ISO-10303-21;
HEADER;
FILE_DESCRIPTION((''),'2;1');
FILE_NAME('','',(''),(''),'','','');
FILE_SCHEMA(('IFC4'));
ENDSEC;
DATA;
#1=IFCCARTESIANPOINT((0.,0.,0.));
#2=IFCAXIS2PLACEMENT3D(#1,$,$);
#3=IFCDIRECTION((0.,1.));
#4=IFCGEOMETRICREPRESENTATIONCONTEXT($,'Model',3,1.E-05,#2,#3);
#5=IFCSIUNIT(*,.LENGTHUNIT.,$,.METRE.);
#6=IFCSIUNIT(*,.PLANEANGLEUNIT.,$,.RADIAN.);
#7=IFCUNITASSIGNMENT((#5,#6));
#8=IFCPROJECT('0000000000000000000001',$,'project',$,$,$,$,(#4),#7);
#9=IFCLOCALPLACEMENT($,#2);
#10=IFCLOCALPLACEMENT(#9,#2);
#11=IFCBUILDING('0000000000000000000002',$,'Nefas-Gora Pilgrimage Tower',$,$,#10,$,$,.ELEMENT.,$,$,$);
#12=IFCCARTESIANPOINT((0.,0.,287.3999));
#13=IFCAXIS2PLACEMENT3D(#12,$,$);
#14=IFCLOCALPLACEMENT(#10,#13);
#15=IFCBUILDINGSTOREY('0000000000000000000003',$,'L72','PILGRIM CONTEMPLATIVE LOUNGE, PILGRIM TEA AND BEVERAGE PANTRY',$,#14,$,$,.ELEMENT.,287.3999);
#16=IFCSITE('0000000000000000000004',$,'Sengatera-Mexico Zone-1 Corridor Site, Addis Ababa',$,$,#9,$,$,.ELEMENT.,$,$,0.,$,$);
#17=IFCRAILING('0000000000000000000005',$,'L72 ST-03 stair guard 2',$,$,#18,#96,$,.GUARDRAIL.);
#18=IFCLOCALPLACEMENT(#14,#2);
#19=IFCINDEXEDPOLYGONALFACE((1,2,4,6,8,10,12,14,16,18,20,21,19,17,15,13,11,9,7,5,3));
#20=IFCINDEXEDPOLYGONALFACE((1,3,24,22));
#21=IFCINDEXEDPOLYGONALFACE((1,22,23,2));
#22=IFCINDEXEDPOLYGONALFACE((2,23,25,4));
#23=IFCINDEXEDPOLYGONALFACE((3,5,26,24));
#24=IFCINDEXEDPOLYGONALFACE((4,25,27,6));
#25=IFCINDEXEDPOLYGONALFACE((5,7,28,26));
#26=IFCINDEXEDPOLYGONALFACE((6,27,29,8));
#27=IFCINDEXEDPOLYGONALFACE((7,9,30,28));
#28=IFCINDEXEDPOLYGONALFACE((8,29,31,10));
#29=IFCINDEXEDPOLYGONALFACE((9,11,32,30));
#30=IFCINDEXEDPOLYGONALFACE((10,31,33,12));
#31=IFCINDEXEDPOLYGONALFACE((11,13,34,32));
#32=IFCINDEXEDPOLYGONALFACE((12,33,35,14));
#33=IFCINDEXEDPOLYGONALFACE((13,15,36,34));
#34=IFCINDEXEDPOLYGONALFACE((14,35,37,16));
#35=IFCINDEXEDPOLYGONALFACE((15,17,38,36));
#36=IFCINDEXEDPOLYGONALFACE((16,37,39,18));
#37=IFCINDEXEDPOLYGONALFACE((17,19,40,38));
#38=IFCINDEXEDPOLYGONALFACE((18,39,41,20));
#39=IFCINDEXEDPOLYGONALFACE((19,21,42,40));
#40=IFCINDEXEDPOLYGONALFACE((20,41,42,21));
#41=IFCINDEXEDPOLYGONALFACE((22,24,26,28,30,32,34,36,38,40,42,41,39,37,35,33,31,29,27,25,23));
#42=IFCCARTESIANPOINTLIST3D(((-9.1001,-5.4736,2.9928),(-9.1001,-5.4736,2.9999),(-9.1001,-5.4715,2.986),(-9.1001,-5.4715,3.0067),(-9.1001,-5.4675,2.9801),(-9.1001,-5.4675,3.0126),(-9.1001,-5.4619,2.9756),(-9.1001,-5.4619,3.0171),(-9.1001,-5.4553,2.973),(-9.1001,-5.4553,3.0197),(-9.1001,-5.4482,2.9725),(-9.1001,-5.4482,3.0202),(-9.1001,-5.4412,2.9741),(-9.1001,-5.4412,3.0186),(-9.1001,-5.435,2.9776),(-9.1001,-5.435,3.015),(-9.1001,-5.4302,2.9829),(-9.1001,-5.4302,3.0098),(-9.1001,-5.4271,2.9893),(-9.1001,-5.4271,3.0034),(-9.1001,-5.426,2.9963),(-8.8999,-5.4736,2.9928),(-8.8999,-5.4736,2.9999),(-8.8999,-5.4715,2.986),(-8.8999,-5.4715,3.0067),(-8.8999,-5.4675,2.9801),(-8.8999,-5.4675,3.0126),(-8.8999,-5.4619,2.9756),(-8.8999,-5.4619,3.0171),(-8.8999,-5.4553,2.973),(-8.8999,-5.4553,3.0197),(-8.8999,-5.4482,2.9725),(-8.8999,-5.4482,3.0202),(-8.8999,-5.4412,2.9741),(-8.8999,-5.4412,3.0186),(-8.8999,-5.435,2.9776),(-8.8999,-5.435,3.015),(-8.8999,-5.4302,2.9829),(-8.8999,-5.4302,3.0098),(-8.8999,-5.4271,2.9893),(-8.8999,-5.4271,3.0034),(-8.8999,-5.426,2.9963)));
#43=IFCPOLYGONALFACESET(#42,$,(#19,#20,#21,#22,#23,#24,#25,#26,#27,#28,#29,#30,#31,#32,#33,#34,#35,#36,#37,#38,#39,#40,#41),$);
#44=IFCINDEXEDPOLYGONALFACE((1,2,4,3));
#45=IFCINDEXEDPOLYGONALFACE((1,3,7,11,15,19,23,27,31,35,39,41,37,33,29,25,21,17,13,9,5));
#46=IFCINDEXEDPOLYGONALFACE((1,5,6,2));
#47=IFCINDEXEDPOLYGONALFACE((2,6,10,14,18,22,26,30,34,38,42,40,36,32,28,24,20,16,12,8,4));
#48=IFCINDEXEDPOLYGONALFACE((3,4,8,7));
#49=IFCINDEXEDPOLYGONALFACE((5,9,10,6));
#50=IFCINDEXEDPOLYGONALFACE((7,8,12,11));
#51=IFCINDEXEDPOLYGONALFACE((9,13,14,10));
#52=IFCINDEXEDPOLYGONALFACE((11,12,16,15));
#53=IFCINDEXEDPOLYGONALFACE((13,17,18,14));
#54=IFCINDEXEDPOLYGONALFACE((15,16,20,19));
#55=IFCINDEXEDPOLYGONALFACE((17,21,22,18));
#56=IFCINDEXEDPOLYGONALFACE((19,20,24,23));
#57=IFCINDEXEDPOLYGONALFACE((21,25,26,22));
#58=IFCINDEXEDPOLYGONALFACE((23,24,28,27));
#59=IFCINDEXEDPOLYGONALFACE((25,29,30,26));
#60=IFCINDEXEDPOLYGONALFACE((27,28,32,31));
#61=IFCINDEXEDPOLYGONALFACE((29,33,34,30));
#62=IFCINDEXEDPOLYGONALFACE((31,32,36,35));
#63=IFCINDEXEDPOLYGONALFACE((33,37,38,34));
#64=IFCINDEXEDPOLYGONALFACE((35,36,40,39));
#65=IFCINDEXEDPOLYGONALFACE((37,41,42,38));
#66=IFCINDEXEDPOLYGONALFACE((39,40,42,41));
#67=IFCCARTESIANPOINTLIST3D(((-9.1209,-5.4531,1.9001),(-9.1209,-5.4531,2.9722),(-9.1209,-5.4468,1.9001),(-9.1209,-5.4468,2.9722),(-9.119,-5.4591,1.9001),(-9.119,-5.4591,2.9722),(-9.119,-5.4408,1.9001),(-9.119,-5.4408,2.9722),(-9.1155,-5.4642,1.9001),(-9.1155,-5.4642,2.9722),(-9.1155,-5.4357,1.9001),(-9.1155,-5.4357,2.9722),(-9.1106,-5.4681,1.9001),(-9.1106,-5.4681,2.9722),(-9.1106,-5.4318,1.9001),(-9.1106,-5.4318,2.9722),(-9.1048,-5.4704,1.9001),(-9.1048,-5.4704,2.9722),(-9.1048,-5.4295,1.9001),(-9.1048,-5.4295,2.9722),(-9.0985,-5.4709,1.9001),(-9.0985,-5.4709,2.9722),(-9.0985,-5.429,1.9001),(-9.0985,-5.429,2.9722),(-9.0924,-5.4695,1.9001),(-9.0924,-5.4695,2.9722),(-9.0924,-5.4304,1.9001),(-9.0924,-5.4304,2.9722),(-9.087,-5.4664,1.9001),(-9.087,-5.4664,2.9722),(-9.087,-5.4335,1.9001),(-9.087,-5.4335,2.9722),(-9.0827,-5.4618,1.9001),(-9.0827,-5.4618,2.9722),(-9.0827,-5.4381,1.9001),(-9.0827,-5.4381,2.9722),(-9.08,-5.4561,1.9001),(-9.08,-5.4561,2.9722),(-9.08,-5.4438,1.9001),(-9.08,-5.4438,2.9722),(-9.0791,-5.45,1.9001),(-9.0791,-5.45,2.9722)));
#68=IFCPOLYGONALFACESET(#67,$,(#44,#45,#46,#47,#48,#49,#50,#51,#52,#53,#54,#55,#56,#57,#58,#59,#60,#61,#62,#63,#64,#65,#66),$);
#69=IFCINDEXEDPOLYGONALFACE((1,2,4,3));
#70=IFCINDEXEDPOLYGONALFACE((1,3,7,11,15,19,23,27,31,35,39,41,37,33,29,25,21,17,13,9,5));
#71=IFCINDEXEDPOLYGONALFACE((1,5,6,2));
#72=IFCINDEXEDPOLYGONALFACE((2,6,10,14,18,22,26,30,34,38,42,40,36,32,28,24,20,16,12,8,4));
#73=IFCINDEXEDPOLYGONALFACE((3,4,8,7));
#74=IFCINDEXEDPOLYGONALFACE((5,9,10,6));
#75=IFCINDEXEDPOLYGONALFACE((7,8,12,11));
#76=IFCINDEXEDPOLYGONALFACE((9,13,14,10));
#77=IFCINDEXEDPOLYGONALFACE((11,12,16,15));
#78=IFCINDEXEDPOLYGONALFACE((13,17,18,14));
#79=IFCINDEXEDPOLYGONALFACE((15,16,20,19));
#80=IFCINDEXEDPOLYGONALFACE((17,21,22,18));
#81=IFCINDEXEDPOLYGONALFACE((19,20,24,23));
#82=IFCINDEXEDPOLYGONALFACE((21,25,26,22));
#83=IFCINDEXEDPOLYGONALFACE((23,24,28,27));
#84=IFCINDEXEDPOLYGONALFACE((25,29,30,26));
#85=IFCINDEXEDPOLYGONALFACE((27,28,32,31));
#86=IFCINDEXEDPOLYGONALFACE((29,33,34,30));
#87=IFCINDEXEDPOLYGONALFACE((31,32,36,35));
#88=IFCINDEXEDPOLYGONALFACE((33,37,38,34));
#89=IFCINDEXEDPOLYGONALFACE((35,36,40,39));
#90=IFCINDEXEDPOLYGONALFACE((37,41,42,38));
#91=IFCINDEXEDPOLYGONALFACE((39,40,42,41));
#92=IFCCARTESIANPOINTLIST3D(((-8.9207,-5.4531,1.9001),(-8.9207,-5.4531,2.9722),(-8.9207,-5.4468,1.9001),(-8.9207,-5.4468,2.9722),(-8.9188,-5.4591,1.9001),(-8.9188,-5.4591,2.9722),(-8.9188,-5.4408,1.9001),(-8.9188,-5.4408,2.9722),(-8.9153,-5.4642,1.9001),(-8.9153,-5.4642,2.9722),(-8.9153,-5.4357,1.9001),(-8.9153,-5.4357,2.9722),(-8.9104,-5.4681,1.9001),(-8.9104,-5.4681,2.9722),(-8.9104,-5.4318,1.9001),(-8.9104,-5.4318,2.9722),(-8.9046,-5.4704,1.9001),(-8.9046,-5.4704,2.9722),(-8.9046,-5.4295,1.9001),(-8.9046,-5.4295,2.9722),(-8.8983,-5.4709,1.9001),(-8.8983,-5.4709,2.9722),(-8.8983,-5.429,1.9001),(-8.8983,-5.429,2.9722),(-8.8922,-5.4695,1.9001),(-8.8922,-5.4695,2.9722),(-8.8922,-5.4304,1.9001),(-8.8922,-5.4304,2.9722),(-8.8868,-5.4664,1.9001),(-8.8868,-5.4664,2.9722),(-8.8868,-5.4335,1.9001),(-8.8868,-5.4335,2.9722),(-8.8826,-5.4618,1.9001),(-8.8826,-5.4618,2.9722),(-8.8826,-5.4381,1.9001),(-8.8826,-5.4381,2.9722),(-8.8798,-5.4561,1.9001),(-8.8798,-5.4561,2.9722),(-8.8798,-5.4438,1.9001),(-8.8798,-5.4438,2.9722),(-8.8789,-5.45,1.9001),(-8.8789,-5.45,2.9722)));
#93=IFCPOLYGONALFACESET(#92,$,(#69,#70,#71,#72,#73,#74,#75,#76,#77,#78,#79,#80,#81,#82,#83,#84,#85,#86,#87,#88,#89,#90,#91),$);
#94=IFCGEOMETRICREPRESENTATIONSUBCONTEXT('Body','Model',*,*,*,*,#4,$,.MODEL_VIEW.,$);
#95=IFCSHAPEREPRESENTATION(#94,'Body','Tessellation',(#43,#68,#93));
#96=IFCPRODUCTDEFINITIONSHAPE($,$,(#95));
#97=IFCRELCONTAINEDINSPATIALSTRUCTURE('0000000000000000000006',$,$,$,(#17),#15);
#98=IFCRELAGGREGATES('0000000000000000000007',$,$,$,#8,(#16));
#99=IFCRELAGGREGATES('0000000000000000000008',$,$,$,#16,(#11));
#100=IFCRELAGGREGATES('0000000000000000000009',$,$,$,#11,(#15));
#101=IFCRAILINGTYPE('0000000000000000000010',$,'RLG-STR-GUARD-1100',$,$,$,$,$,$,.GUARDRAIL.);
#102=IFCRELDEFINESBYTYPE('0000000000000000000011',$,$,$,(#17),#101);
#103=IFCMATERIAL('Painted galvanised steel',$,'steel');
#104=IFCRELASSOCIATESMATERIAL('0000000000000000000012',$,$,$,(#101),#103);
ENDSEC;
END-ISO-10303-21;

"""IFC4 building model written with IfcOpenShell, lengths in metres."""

from ifc_helpers import new_model, si_unit, direction, frame, origin, origin_2d, place, context, subcontext, project, spatial, circle, extrude, material, type_object, element, save


model = new_model("IFC4")

# Units and contexts
model_context = context("Model", 3, precision=1e-05, world=origin(), true_north=direction((0.0, 1.0)))
body_context = subcontext(model_context, "Body", "Model", "MODEL_VIEW")
ifc_project = project(units=[si_unit("LENGTHUNIT", "METRE"), si_unit("PLANEANGLEUNIT", "RADIAN")], contexts=[model_context])

# Site, building, storey
site_placement = place(None, origin())
site = spatial("IfcSite", under=ifc_project, at=site_placement, Name="Sengatera-Mexico Zone-1 Corridor Site, Addis Ababa", CompositionType="ELEMENT", RefElevation=0.0)
building_placement = place(site_placement, origin())
building = spatial("IfcBuilding", under=site, at=building_placement, Name="Nefas-Gora Pilgrimage Tower", CompositionType="ELEMENT")
storey_placement = place(building_placement, frame((0.0, 0.0, 287.3999)))
storey = spatial("IfcBuildingStorey", under=building, at=storey_placement, Name="L72", Description="PILGRIM CONTEMPLATIVE LOUNGE, PILGRIM TEA AND BEVERAGE PANTRY", CompositionType="ELEMENT", Elevation=287.3999)

# Railing
ifc_material_1 = material(Name="Painted galvanised steel", Category="steel")
railing_type_1 = type_object("IfcRailingType", Name="RLG-STR-GUARD-1100", PredefinedType="GUARDRAIL", material=ifc_material_1)
railing_1_placement = place(storey_placement, frame((-9.1001, -5.45, 1.9001)))
element("IfcRailing", 1, at=railing_1_placement, inside=storey, type_object=railing_type_1, Name="L72 ST-03 stair guard 2", PredefinedType="GUARDRAIL", context=body_context, shape_type="SweptSolid", body=[
    extrude(circle(Radius=0.0239, at=origin_2d()), frame((0.0, 0.0, 1.0962), z_axis=(1.0, 0.0, 0.0), x_axis=(0.0, 1.0, 0.0)), (0.0, 0.0, 1.0), 0.2002),
    extrude(circle(Radius=0.021, at=origin_2d()), origin(), (0.0, 0.0, 1.0), 1.072),
    extrude(circle(Radius=0.021, at=origin_2d()), frame((0.2002, 0.0, 0.0)), (0.0, 0.0, 1.0), 1.072),
])

save(model, "model.ifc")
